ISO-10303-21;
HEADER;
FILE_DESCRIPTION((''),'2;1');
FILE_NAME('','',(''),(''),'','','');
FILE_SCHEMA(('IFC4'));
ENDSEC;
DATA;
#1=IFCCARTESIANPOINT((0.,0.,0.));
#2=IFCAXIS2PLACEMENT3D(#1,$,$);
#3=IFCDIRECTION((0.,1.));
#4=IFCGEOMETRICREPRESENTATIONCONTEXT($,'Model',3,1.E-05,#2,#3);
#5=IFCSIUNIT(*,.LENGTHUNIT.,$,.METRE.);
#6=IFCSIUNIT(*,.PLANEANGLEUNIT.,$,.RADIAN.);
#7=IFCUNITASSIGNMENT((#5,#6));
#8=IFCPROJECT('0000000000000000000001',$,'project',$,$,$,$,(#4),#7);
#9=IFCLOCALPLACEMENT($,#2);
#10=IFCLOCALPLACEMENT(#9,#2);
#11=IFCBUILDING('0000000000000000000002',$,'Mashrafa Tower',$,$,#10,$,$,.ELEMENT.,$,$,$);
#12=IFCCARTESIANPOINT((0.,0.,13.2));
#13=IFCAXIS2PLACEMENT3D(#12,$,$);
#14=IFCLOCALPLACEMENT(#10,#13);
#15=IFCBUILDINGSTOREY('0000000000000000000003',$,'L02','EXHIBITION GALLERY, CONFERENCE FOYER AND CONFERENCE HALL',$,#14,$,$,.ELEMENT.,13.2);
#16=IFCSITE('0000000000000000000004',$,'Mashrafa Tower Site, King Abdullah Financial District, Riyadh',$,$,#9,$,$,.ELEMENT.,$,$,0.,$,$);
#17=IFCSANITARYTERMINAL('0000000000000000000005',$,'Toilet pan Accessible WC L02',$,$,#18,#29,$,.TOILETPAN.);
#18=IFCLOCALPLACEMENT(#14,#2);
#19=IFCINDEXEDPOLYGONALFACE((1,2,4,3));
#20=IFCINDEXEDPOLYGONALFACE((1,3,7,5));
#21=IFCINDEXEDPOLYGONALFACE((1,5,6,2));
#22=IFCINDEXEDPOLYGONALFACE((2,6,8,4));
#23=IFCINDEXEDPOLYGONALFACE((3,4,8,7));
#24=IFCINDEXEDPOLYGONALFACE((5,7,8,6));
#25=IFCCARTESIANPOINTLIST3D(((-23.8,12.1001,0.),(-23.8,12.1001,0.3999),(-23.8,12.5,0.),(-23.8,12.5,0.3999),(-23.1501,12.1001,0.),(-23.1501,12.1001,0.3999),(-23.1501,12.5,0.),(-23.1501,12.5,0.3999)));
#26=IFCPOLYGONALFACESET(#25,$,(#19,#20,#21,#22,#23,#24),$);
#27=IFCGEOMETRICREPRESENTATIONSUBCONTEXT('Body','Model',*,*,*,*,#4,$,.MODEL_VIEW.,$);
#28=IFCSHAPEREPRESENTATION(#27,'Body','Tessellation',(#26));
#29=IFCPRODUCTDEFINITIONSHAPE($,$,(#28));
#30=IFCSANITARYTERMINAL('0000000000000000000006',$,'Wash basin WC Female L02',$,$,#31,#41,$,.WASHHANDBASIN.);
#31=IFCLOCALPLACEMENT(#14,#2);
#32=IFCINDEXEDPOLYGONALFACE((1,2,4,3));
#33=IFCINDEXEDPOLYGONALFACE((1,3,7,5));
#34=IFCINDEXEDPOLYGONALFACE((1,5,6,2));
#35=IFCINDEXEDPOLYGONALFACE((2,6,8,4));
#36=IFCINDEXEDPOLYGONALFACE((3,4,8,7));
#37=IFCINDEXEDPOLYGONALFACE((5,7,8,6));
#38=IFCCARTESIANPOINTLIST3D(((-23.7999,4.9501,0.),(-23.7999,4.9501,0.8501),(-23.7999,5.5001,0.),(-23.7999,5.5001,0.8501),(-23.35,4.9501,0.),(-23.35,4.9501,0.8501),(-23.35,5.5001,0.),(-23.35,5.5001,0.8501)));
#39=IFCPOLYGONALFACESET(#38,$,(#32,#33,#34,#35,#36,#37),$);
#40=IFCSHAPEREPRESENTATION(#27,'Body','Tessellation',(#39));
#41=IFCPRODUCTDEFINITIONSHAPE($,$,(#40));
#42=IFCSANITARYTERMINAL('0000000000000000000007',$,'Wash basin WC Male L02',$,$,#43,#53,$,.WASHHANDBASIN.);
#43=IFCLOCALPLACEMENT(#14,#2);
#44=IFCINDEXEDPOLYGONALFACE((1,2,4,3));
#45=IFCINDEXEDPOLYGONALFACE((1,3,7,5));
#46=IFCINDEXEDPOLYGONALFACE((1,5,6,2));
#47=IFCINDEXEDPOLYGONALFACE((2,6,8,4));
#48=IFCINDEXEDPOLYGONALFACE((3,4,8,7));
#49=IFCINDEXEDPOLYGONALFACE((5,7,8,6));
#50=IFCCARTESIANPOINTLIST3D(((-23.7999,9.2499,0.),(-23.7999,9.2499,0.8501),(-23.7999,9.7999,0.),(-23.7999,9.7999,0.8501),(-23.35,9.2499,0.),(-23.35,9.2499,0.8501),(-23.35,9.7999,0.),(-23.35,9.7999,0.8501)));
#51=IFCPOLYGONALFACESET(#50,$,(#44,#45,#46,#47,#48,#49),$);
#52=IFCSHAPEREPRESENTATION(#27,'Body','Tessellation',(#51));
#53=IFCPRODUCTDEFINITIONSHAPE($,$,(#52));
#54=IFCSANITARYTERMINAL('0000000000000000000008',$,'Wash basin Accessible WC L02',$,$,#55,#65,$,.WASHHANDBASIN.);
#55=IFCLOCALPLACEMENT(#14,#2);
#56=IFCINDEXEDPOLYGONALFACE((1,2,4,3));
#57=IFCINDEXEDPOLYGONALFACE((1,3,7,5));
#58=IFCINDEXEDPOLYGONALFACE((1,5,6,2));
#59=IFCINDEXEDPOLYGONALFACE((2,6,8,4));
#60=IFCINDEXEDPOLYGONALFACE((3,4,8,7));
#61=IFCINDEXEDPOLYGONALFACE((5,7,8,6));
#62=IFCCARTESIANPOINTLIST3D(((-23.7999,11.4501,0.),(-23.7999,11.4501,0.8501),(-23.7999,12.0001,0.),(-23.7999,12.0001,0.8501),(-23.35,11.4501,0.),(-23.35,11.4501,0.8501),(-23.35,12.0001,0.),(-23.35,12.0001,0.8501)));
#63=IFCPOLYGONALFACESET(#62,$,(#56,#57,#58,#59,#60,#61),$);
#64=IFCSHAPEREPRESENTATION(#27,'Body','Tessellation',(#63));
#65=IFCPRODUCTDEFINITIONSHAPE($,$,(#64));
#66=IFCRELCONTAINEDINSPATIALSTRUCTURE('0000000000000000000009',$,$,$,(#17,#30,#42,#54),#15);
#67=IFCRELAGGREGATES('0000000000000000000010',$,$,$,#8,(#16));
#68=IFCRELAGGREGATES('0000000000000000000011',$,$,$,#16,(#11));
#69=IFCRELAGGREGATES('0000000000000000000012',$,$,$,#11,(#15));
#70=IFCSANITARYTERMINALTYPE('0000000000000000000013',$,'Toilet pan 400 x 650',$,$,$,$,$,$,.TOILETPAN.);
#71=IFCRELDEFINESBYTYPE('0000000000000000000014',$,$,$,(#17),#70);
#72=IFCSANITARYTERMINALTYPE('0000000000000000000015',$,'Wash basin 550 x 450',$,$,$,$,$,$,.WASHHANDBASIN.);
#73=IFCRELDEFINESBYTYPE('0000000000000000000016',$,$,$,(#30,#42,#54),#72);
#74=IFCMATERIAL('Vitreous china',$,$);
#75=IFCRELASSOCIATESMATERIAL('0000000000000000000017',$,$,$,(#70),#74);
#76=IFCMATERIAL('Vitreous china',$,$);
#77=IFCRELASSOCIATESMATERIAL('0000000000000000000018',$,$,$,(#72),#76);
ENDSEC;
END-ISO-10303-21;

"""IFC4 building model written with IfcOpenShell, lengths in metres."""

from ifc_helpers import new_model, si_unit, direction, frame, origin, origin_2d, place, context, subcontext, project, spatial, rectangle, extrude, material, type_object, element, save


model = new_model("IFC4")

# Units and contexts
model_context = context("Model", 3, precision=1e-05, world=origin(), true_north=direction((0.0, 1.0)))
body_context = subcontext(model_context, "Body", "Model", "MODEL_VIEW")
ifc_project = project(units=[si_unit("LENGTHUNIT", "METRE"), si_unit("PLANEANGLEUNIT", "RADIAN")], contexts=[model_context])

# Site, building, storey
site_placement = place(None, origin())
site = spatial("IfcSite", under=ifc_project, at=site_placement, Name="Mashrafa Tower Site, King Abdullah Financial District, Riyadh", CompositionType="ELEMENT", RefElevation=0.0)
building_placement = place(site_placement, origin())
building = spatial("IfcBuilding", under=site, at=building_placement, Name="Mashrafa Tower", CompositionType="ELEMENT")
storey_placement = place(building_placement, frame((0.0, 0.0, 13.2)))
storey = spatial("IfcBuildingStorey", under=building, at=storey_placement, Name="L02", Description="EXHIBITION GALLERY, CONFERENCE FOYER AND CONFERENCE HALL", CompositionType="ELEMENT", Elevation=13.2)

# Sanitary terminals
ifc_material_1 = material(Name="Vitreous china")
sanitary_terminal_type_1 = type_object("IfcSanitaryTerminalType", Name="Toilet pan 400 x 650", PredefinedType="TOILETPAN", material=ifc_material_1)
for number, where, z_axis, x_axis, name in (
    (1, (-23.4751, 12.3, 0.0), (0.0, 0.0, 1.0), (0.0, -1.0, 0.0), "Toilet pan Accessible WC L02"),
):
    element("IfcSanitaryTerminal", number, at=place(storey_placement, frame(where, z_axis=z_axis, x_axis=x_axis)), inside=storey, type_object=sanitary_terminal_type_1, Name=name, PredefinedType="TOILETPAN", context=body_context, shape_type="SweptSolid", body=[
        extrude(rectangle(XDim=0.3999, YDim=0.6499, at=origin_2d()), origin(), (0.0, 0.0, 1.0), 0.3999),
    ])
ifc_material_2 = material(Name="Vitreous china")
sanitary_terminal_type_2 = type_object("IfcSanitaryTerminalType", Name="Wash basin 550 x 450", PredefinedType="WASHHANDBASIN", material=ifc_material_2)
for number, where, z_axis, x_axis, name in (
    (2, (-23.575, 5.2251, 0.0), (0.0, 0.0, 1.0), (0.0, -1.0, 0.0), "Wash basin WC Female L02"),
    (3, (-23.575, 9.5249, 0.0), (0.0, 0.0, 1.0), (0.0, -1.0, 0.0), "Wash basin WC Male L02"),
    (4, (-23.575, 11.7251, 0.0), (0.0, 0.0, 1.0), (0.0, -1.0, 0.0), "Wash basin Accessible WC L02"),
):
    element("IfcSanitaryTerminal", number, at=place(storey_placement, frame(where, z_axis=z_axis, x_axis=x_axis)), inside=storey, type_object=sanitary_terminal_type_2, Name=name, PredefinedType="WASHHANDBASIN", context=body_context, shape_type="SweptSolid", body=[
        extrude(rectangle(XDim=0.55, YDim=0.45, at=origin_2d()), origin(), (0.0, 0.0, 1.0), 0.8501),
    ])

save(model, "model.ifc")
